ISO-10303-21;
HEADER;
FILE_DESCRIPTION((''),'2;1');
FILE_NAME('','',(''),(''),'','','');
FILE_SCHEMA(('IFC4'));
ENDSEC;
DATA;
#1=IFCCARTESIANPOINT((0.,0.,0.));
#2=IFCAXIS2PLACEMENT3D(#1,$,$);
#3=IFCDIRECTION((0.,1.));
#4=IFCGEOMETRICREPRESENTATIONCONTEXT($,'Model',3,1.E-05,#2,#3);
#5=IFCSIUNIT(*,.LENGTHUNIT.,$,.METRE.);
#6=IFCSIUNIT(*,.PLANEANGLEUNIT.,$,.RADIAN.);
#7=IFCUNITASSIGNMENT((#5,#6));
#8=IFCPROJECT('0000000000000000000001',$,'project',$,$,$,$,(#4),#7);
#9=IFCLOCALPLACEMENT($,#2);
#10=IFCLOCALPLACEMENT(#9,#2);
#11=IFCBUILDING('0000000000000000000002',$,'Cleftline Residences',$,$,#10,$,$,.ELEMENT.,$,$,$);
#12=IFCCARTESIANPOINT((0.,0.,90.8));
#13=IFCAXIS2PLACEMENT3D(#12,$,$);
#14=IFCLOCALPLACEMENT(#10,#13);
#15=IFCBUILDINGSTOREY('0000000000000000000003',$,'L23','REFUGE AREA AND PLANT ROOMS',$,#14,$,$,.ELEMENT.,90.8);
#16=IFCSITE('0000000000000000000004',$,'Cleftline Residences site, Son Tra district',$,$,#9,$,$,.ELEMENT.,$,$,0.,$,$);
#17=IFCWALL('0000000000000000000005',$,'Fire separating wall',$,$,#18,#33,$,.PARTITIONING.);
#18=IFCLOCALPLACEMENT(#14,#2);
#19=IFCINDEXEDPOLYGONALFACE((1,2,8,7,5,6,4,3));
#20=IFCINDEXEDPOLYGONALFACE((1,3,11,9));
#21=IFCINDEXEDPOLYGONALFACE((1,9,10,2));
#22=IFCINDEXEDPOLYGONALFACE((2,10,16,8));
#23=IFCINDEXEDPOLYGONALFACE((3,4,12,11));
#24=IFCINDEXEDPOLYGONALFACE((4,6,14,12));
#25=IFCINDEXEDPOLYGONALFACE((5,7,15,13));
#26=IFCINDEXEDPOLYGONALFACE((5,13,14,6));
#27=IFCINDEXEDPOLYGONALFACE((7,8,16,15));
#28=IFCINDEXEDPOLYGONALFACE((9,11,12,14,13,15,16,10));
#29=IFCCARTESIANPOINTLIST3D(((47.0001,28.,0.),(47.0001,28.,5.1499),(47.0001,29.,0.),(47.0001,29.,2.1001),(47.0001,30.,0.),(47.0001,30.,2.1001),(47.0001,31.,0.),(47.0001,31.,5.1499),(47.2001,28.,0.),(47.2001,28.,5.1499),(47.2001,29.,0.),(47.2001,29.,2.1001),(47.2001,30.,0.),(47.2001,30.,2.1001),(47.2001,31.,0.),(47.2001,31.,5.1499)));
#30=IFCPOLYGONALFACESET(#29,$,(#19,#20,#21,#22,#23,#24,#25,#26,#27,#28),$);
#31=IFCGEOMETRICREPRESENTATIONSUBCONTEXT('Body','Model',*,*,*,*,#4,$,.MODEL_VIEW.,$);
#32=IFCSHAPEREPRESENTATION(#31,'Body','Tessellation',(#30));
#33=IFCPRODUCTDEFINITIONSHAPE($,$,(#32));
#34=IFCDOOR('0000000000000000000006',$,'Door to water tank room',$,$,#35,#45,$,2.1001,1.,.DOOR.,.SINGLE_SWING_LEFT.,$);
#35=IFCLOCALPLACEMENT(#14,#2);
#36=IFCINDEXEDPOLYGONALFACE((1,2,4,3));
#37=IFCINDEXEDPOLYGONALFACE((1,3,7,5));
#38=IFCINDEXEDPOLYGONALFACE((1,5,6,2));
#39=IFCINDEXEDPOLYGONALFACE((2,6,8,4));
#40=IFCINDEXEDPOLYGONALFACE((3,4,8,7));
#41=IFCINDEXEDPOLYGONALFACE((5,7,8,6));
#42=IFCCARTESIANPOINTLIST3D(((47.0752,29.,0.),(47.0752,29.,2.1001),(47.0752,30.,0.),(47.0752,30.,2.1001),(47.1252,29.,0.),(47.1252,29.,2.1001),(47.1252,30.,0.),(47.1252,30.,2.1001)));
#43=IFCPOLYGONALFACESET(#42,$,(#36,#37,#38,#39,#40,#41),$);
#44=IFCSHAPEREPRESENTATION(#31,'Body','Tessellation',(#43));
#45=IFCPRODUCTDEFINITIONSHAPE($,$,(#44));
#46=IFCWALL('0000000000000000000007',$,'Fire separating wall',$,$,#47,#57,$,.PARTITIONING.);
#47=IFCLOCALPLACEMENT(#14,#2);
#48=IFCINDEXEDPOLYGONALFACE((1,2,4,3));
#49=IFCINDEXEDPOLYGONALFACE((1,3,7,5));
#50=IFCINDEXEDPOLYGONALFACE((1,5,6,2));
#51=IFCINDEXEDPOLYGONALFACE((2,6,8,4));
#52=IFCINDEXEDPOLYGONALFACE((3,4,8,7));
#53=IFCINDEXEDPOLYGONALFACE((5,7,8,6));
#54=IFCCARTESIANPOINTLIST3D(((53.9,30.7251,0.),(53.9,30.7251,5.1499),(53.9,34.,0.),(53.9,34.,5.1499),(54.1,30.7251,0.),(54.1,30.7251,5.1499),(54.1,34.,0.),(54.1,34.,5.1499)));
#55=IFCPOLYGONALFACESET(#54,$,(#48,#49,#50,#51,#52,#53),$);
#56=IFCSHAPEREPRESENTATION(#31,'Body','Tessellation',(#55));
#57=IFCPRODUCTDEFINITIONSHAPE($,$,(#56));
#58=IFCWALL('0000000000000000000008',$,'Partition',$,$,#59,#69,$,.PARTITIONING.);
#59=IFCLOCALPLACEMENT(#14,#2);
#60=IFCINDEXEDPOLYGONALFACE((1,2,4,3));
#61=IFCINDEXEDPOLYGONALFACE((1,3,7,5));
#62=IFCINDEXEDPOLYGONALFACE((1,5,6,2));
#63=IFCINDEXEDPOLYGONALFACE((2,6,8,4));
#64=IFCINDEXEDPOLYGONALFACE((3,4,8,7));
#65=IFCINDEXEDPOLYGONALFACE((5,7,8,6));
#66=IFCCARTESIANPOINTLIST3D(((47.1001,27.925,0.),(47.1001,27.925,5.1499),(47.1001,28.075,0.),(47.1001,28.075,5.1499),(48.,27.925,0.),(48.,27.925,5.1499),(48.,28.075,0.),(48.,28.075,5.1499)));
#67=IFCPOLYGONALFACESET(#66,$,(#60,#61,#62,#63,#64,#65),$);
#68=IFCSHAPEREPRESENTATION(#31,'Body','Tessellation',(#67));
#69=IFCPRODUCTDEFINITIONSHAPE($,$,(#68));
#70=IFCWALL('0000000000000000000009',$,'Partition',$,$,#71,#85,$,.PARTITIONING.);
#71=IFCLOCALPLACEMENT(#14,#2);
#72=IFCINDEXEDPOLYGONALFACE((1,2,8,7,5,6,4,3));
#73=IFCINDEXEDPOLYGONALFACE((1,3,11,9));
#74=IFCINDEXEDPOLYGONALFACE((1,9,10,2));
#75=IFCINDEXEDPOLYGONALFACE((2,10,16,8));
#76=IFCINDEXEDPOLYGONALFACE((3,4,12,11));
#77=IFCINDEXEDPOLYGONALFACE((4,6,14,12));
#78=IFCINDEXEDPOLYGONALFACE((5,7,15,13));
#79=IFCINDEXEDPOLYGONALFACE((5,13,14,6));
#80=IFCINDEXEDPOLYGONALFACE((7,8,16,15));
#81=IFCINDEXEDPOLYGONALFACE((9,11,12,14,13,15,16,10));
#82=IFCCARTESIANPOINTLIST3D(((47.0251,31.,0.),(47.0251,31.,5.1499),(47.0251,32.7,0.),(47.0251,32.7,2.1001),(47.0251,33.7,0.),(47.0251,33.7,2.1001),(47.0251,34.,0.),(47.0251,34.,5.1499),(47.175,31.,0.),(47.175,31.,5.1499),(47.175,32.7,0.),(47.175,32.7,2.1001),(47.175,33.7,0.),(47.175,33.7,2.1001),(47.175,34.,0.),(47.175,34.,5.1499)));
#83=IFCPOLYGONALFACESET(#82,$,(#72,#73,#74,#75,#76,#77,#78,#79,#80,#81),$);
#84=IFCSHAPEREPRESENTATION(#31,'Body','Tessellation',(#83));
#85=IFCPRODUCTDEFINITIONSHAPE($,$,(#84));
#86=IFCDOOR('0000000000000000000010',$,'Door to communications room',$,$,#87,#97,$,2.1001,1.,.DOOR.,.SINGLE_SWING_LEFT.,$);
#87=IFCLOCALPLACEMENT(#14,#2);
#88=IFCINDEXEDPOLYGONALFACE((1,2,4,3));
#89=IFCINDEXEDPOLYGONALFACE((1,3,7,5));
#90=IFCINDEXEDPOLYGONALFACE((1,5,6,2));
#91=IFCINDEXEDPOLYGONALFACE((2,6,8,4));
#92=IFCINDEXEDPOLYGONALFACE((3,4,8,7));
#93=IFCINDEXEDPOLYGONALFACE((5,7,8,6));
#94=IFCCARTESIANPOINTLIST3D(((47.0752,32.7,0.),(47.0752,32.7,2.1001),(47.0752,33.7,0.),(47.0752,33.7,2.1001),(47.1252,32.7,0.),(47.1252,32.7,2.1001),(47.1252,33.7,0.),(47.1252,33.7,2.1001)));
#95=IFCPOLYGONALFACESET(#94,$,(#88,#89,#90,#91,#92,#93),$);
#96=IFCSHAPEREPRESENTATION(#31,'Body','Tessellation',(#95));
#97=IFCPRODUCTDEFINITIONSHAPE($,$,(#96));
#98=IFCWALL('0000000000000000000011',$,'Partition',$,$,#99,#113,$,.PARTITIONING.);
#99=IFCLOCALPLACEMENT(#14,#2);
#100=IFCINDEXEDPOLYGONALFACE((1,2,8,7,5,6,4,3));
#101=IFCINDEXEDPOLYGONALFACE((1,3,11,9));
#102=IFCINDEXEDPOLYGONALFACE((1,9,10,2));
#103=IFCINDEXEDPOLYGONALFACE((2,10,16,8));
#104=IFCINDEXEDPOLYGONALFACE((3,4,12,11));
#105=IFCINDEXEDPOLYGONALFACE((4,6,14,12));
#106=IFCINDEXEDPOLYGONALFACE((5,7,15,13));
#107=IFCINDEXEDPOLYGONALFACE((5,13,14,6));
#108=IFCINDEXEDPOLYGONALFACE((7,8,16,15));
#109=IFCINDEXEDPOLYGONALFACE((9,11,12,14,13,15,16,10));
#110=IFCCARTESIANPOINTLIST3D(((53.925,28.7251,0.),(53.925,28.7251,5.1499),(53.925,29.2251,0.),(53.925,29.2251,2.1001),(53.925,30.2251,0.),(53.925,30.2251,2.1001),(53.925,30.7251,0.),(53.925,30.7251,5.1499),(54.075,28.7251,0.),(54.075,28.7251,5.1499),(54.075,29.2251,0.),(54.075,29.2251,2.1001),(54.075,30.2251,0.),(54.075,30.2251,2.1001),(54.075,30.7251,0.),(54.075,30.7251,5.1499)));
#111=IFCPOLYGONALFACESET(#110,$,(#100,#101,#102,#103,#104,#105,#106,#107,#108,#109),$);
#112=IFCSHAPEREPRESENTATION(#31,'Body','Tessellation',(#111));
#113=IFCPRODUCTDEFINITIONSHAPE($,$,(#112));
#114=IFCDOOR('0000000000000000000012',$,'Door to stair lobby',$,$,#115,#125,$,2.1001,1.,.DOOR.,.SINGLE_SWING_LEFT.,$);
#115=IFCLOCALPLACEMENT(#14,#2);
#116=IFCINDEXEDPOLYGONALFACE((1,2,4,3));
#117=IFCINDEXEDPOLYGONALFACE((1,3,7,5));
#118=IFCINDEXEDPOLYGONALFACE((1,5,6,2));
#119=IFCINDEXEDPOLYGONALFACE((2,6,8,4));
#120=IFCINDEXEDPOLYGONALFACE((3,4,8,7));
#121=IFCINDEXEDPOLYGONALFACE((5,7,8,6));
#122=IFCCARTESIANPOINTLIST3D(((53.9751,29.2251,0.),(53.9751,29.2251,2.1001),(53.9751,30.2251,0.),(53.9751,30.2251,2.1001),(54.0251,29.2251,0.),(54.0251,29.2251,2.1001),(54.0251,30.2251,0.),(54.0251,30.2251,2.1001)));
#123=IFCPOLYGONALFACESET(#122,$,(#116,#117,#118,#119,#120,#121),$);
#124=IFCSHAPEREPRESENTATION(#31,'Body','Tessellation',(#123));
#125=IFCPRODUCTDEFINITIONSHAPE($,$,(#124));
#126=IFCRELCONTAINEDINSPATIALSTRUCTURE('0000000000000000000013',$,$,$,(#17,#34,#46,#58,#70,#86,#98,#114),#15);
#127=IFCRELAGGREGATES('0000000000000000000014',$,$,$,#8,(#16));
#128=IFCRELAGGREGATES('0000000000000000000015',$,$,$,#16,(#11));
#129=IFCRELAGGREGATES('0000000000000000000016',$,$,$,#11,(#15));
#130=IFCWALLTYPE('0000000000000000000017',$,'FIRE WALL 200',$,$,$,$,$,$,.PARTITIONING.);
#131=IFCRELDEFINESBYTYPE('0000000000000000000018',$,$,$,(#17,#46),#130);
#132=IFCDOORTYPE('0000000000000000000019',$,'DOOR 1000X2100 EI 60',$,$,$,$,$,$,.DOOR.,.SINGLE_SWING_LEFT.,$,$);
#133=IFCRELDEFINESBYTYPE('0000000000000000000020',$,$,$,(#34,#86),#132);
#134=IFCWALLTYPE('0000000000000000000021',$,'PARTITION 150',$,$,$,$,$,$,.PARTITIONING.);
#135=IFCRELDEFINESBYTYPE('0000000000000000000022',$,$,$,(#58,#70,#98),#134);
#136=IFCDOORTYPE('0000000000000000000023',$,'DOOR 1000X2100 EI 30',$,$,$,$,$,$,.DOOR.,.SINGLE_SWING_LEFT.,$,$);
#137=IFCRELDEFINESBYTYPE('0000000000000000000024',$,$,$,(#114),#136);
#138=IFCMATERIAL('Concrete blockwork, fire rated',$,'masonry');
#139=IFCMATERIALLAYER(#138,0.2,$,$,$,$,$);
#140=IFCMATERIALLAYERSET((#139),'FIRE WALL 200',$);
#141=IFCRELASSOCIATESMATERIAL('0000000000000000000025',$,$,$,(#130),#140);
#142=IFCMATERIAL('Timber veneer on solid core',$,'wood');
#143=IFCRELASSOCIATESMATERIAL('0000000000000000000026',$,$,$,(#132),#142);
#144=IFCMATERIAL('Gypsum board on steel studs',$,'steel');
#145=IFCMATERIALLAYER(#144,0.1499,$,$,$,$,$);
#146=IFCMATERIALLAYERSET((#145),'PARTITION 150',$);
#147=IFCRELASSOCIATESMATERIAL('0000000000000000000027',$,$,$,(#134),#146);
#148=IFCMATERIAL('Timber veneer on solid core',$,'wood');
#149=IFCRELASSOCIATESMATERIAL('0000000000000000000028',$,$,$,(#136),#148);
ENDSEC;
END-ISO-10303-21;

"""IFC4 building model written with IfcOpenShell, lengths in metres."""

from ifc_helpers import new_model, si_unit, direction, frame, frame_2d, origin, place, context, subcontext, project, spatial, rectangle, extrude, material, layer, layer_set, type_object, element, fill, save


model = new_model("IFC4")

# Units and contexts
model_context = context("Model", 3, precision=1e-05, world=origin(), true_north=direction((0.0, 1.0)))
body_context = subcontext(model_context, "Body", "Model", "MODEL_VIEW")
ifc_project = project(units=[si_unit("LENGTHUNIT", "METRE"), si_unit("PLANEANGLEUNIT", "RADIAN")], contexts=[model_context])

# Site, building, storey
site_placement = place(None, origin())
site = spatial("IfcSite", under=ifc_project, at=site_placement, Name="Cleftline Residences site, Son Tra district", CompositionType="ELEMENT", RefElevation=0.0)
building_placement = place(site_placement, origin())
building = spatial("IfcBuilding", under=site, at=building_placement, Name="Cleftline Residences", CompositionType="ELEMENT")
storey_placement = place(building_placement, frame((0.0, 0.0, 90.8)))
storey = spatial("IfcBuildingStorey", under=building, at=storey_placement, Name="L23", Description="REFUGE AREA AND PLANT ROOMS", CompositionType="ELEMENT", Elevation=90.8)

# Shared definitions
ifc_material_1 = material(Name="Concrete blockwork, fire rated", Category="masonry")
ifc_layer_1 = layer(ifc_material_1, 0.2)
ifc_layer_set_1 = layer_set([ifc_layer_1], Name="FIRE WALL 200")
wall_type_1 = type_object("IfcWallType", Name="FIRE WALL 200", PredefinedType="PARTITIONING", material=ifc_layer_set_1)

# Wall, opening, door
wall_1_placement = place(storey_placement, frame((47.1001, 28.0, 0.0), z_axis=(0.0, 0.0, 1.0), x_axis=(0.0, 1.0, 0.0)))
wall_1 = element("IfcWall", 1, at=wall_1_placement, inside=storey, type_object=wall_type_1, Name="Fire separating wall", PredefinedType="PARTITIONING", context=body_context, shape_type="SweptSolid", body=[
    extrude(rectangle(XDim=3.0, YDim=0.2, at=frame_2d((1.5, 0.0))), origin(), (0.0, 0.0, 1.0), 5.1499),
])
opening_1_placement = place(wall_1_placement, frame((1.0, 0.0, 0.0)))
opening_1 = element("IfcOpeningElement", 2, at=opening_1_placement, cuts=wall_1, PredefinedType="OPENING", context=body_context, shape_type="SweptSolid", body=[
    extrude(rectangle(XDim=1.0, YDim=2.1001, at=frame_2d((0.5, 1.05))), frame((0.0, 0.1099, 0.0), z_axis=(0.0, -1.0, 0.0), x_axis=(1.0, 0.0, 0.0)), (0.0, 0.0, 1.0), 0.22),
])
ifc_material_2 = material(Name="Timber veneer on solid core", Category="wood")
door_type_1 = type_object("IfcDoorType", Name="DOOR 1000X2100 EI 60", OperationType="SINGLE_SWING_LEFT", PredefinedType="DOOR", material=ifc_material_2)
door_1_placement = place(opening_1_placement, origin())
door_1 = element("IfcDoor", 3, at=door_1_placement, inside=storey, type_object=door_type_1, Name="Door to water tank room", OperationType="SINGLE_SWING_LEFT", OverallHeight=2.1001, OverallWidth=1.0, PredefinedType="DOOR", context=body_context, shape_type="SweptSolid", body=[
    extrude(rectangle(XDim=1.0, YDim=2.1001, at=frame_2d((0.5, 1.05))), frame((0.0, 0.0249, 0.0), z_axis=(0.0, -1.0, 0.0), x_axis=(1.0, 0.0, 0.0)), (0.0, 0.0, 1.0), 0.05),
])
fill(opening_1, door_1)

# Walls
wall_2_placement = place(storey_placement, frame((54.0, 30.7251, 0.0), z_axis=(0.0, 0.0, 1.0), x_axis=(0.0, 1.0, 0.0)))
element("IfcWall", 4, at=wall_2_placement, inside=storey, type_object=wall_type_1, Name="Fire separating wall", PredefinedType="PARTITIONING", context=body_context, shape_type="SweptSolid", body=[
    extrude(rectangle(XDim=3.2749, YDim=0.2, at=frame_2d((1.6375, 0.0))), origin(), (0.0, 0.0, 1.0), 5.1499),
])
ifc_material_3 = material(Name="Gypsum board on steel studs", Category="steel")
ifc_layer_2 = layer(ifc_material_3, 0.1499)
ifc_layer_set_2 = layer_set([ifc_layer_2], Name="PARTITION 150")
wall_type_2 = type_object("IfcWallType", Name="PARTITION 150", PredefinedType="PARTITIONING", material=ifc_layer_set_2)
wall_3_placement = place(storey_placement, frame((47.1001, 28.0, 0.0), z_axis=(0.0, 0.0, 1.0), x_axis=(1.0, 0.0, 0.0)))
element("IfcWall", 5, at=wall_3_placement, inside=storey, type_object=wall_type_2, Name="Partition", PredefinedType="PARTITIONING", context=body_context, shape_type="SweptSolid", body=[
    extrude(rectangle(XDim=0.8999, YDim=0.1499, at=frame_2d((0.45, 0.0))), origin(), (0.0, 0.0, 1.0), 5.1499),
])

# Walls, openings, doors
wall_4_placement = place(storey_placement, frame((47.1001, 31.0, 0.0), z_axis=(0.0, 0.0, 1.0), x_axis=(0.0, 1.0, 0.0)))
wall_4 = element("IfcWall", 6, at=wall_4_placement, inside=storey, type_object=wall_type_2, Name="Partition", PredefinedType="PARTITIONING", context=body_context, shape_type="SweptSolid", body=[
    extrude(rectangle(XDim=3.0, YDim=0.1499, at=frame_2d((1.5, 0.0))), origin(), (0.0, 0.0, 1.0), 5.1499),
])
opening_2_placement = place(wall_4_placement, frame((1.7, 0.0, 0.0)))
opening_2 = element("IfcOpeningElement", 7, at=opening_2_placement, cuts=wall_4, PredefinedType="OPENING", context=body_context, shape_type="SweptSolid", body=[
    extrude(rectangle(XDim=1.0, YDim=2.1001, at=frame_2d((0.5, 1.05))), frame((0.0, 0.085, 0.0), z_axis=(0.0, -1.0, 0.0), x_axis=(1.0, 0.0, 0.0)), (0.0, 0.0, 1.0), 0.1699),
])
door_2_placement = place(opening_2_placement, origin())
door_2 = element("IfcDoor", 8, at=door_2_placement, inside=storey, type_object=door_type_1, Name="Door to communications room", OperationType="SINGLE_SWING_LEFT", OverallHeight=2.1001, OverallWidth=1.0, PredefinedType="DOOR", context=body_context, shape_type="SweptSolid", body=[
    extrude(rectangle(XDim=1.0, YDim=2.1001, at=frame_2d((0.5, 1.05))), frame((0.0, 0.0249, 0.0), z_axis=(0.0, -1.0, 0.0), x_axis=(1.0, 0.0, 0.0)), (0.0, 0.0, 1.0), 0.05),
])
fill(opening_2, door_2)
wall_5_placement = place(storey_placement, frame((54.0, 28.7251, 0.0), z_axis=(0.0, 0.0, 1.0), x_axis=(0.0, 1.0, 0.0)))
wall_5 = element("IfcWall", 9, at=wall_5_placement, inside=storey, type_object=wall_type_2, Name="Partition", PredefinedType="PARTITIONING", context=body_context, shape_type="SweptSolid", body=[
    extrude(rectangle(XDim=2.0, YDim=0.1499, at=frame_2d((1.0, 0.0))), origin(), (0.0, 0.0, 1.0), 5.1499),
])
opening_3_placement = place(wall_5_placement, frame((0.5, 0.0, 0.0)))
opening_3 = element("IfcOpeningElement", 10, at=opening_3_placement, cuts=wall_5, PredefinedType="OPENING", context=body_context, shape_type="SweptSolid", body=[
    extrude(rectangle(XDim=1.0, YDim=2.1001, at=frame_2d((0.5, 1.05))), frame((0.0, 0.085, 0.0), z_axis=(0.0, -1.0, 0.0), x_axis=(1.0, 0.0, 0.0)), (0.0, 0.0, 1.0), 0.1699),
])
ifc_material_4 = material(Name="Timber veneer on solid core", Category="wood")
door_type_2 = type_object("IfcDoorType", Name="DOOR 1000X2100 EI 30", OperationType="SINGLE_SWING_LEFT", PredefinedType="DOOR", material=ifc_material_4)
door_3_placement = place(opening_3_placement, origin())
door_3 = element("IfcDoor", 11, at=door_3_placement, inside=storey, type_object=door_type_2, Name="Door to stair lobby", OperationType="SINGLE_SWING_LEFT", OverallHeight=2.1001, OverallWidth=1.0, PredefinedType="DOOR", context=body_context, shape_type="SweptSolid", body=[
    extrude(rectangle(XDim=1.0, YDim=2.1001, at=frame_2d((0.5, 1.05))), frame((0.0, 0.0249, 0.0), z_axis=(0.0, -1.0, 0.0), x_axis=(1.0, 0.0, 0.0)), (0.0, 0.0, 1.0), 0.05),
])
fill(opening_3, door_3)

save(model, "model.ifc")
